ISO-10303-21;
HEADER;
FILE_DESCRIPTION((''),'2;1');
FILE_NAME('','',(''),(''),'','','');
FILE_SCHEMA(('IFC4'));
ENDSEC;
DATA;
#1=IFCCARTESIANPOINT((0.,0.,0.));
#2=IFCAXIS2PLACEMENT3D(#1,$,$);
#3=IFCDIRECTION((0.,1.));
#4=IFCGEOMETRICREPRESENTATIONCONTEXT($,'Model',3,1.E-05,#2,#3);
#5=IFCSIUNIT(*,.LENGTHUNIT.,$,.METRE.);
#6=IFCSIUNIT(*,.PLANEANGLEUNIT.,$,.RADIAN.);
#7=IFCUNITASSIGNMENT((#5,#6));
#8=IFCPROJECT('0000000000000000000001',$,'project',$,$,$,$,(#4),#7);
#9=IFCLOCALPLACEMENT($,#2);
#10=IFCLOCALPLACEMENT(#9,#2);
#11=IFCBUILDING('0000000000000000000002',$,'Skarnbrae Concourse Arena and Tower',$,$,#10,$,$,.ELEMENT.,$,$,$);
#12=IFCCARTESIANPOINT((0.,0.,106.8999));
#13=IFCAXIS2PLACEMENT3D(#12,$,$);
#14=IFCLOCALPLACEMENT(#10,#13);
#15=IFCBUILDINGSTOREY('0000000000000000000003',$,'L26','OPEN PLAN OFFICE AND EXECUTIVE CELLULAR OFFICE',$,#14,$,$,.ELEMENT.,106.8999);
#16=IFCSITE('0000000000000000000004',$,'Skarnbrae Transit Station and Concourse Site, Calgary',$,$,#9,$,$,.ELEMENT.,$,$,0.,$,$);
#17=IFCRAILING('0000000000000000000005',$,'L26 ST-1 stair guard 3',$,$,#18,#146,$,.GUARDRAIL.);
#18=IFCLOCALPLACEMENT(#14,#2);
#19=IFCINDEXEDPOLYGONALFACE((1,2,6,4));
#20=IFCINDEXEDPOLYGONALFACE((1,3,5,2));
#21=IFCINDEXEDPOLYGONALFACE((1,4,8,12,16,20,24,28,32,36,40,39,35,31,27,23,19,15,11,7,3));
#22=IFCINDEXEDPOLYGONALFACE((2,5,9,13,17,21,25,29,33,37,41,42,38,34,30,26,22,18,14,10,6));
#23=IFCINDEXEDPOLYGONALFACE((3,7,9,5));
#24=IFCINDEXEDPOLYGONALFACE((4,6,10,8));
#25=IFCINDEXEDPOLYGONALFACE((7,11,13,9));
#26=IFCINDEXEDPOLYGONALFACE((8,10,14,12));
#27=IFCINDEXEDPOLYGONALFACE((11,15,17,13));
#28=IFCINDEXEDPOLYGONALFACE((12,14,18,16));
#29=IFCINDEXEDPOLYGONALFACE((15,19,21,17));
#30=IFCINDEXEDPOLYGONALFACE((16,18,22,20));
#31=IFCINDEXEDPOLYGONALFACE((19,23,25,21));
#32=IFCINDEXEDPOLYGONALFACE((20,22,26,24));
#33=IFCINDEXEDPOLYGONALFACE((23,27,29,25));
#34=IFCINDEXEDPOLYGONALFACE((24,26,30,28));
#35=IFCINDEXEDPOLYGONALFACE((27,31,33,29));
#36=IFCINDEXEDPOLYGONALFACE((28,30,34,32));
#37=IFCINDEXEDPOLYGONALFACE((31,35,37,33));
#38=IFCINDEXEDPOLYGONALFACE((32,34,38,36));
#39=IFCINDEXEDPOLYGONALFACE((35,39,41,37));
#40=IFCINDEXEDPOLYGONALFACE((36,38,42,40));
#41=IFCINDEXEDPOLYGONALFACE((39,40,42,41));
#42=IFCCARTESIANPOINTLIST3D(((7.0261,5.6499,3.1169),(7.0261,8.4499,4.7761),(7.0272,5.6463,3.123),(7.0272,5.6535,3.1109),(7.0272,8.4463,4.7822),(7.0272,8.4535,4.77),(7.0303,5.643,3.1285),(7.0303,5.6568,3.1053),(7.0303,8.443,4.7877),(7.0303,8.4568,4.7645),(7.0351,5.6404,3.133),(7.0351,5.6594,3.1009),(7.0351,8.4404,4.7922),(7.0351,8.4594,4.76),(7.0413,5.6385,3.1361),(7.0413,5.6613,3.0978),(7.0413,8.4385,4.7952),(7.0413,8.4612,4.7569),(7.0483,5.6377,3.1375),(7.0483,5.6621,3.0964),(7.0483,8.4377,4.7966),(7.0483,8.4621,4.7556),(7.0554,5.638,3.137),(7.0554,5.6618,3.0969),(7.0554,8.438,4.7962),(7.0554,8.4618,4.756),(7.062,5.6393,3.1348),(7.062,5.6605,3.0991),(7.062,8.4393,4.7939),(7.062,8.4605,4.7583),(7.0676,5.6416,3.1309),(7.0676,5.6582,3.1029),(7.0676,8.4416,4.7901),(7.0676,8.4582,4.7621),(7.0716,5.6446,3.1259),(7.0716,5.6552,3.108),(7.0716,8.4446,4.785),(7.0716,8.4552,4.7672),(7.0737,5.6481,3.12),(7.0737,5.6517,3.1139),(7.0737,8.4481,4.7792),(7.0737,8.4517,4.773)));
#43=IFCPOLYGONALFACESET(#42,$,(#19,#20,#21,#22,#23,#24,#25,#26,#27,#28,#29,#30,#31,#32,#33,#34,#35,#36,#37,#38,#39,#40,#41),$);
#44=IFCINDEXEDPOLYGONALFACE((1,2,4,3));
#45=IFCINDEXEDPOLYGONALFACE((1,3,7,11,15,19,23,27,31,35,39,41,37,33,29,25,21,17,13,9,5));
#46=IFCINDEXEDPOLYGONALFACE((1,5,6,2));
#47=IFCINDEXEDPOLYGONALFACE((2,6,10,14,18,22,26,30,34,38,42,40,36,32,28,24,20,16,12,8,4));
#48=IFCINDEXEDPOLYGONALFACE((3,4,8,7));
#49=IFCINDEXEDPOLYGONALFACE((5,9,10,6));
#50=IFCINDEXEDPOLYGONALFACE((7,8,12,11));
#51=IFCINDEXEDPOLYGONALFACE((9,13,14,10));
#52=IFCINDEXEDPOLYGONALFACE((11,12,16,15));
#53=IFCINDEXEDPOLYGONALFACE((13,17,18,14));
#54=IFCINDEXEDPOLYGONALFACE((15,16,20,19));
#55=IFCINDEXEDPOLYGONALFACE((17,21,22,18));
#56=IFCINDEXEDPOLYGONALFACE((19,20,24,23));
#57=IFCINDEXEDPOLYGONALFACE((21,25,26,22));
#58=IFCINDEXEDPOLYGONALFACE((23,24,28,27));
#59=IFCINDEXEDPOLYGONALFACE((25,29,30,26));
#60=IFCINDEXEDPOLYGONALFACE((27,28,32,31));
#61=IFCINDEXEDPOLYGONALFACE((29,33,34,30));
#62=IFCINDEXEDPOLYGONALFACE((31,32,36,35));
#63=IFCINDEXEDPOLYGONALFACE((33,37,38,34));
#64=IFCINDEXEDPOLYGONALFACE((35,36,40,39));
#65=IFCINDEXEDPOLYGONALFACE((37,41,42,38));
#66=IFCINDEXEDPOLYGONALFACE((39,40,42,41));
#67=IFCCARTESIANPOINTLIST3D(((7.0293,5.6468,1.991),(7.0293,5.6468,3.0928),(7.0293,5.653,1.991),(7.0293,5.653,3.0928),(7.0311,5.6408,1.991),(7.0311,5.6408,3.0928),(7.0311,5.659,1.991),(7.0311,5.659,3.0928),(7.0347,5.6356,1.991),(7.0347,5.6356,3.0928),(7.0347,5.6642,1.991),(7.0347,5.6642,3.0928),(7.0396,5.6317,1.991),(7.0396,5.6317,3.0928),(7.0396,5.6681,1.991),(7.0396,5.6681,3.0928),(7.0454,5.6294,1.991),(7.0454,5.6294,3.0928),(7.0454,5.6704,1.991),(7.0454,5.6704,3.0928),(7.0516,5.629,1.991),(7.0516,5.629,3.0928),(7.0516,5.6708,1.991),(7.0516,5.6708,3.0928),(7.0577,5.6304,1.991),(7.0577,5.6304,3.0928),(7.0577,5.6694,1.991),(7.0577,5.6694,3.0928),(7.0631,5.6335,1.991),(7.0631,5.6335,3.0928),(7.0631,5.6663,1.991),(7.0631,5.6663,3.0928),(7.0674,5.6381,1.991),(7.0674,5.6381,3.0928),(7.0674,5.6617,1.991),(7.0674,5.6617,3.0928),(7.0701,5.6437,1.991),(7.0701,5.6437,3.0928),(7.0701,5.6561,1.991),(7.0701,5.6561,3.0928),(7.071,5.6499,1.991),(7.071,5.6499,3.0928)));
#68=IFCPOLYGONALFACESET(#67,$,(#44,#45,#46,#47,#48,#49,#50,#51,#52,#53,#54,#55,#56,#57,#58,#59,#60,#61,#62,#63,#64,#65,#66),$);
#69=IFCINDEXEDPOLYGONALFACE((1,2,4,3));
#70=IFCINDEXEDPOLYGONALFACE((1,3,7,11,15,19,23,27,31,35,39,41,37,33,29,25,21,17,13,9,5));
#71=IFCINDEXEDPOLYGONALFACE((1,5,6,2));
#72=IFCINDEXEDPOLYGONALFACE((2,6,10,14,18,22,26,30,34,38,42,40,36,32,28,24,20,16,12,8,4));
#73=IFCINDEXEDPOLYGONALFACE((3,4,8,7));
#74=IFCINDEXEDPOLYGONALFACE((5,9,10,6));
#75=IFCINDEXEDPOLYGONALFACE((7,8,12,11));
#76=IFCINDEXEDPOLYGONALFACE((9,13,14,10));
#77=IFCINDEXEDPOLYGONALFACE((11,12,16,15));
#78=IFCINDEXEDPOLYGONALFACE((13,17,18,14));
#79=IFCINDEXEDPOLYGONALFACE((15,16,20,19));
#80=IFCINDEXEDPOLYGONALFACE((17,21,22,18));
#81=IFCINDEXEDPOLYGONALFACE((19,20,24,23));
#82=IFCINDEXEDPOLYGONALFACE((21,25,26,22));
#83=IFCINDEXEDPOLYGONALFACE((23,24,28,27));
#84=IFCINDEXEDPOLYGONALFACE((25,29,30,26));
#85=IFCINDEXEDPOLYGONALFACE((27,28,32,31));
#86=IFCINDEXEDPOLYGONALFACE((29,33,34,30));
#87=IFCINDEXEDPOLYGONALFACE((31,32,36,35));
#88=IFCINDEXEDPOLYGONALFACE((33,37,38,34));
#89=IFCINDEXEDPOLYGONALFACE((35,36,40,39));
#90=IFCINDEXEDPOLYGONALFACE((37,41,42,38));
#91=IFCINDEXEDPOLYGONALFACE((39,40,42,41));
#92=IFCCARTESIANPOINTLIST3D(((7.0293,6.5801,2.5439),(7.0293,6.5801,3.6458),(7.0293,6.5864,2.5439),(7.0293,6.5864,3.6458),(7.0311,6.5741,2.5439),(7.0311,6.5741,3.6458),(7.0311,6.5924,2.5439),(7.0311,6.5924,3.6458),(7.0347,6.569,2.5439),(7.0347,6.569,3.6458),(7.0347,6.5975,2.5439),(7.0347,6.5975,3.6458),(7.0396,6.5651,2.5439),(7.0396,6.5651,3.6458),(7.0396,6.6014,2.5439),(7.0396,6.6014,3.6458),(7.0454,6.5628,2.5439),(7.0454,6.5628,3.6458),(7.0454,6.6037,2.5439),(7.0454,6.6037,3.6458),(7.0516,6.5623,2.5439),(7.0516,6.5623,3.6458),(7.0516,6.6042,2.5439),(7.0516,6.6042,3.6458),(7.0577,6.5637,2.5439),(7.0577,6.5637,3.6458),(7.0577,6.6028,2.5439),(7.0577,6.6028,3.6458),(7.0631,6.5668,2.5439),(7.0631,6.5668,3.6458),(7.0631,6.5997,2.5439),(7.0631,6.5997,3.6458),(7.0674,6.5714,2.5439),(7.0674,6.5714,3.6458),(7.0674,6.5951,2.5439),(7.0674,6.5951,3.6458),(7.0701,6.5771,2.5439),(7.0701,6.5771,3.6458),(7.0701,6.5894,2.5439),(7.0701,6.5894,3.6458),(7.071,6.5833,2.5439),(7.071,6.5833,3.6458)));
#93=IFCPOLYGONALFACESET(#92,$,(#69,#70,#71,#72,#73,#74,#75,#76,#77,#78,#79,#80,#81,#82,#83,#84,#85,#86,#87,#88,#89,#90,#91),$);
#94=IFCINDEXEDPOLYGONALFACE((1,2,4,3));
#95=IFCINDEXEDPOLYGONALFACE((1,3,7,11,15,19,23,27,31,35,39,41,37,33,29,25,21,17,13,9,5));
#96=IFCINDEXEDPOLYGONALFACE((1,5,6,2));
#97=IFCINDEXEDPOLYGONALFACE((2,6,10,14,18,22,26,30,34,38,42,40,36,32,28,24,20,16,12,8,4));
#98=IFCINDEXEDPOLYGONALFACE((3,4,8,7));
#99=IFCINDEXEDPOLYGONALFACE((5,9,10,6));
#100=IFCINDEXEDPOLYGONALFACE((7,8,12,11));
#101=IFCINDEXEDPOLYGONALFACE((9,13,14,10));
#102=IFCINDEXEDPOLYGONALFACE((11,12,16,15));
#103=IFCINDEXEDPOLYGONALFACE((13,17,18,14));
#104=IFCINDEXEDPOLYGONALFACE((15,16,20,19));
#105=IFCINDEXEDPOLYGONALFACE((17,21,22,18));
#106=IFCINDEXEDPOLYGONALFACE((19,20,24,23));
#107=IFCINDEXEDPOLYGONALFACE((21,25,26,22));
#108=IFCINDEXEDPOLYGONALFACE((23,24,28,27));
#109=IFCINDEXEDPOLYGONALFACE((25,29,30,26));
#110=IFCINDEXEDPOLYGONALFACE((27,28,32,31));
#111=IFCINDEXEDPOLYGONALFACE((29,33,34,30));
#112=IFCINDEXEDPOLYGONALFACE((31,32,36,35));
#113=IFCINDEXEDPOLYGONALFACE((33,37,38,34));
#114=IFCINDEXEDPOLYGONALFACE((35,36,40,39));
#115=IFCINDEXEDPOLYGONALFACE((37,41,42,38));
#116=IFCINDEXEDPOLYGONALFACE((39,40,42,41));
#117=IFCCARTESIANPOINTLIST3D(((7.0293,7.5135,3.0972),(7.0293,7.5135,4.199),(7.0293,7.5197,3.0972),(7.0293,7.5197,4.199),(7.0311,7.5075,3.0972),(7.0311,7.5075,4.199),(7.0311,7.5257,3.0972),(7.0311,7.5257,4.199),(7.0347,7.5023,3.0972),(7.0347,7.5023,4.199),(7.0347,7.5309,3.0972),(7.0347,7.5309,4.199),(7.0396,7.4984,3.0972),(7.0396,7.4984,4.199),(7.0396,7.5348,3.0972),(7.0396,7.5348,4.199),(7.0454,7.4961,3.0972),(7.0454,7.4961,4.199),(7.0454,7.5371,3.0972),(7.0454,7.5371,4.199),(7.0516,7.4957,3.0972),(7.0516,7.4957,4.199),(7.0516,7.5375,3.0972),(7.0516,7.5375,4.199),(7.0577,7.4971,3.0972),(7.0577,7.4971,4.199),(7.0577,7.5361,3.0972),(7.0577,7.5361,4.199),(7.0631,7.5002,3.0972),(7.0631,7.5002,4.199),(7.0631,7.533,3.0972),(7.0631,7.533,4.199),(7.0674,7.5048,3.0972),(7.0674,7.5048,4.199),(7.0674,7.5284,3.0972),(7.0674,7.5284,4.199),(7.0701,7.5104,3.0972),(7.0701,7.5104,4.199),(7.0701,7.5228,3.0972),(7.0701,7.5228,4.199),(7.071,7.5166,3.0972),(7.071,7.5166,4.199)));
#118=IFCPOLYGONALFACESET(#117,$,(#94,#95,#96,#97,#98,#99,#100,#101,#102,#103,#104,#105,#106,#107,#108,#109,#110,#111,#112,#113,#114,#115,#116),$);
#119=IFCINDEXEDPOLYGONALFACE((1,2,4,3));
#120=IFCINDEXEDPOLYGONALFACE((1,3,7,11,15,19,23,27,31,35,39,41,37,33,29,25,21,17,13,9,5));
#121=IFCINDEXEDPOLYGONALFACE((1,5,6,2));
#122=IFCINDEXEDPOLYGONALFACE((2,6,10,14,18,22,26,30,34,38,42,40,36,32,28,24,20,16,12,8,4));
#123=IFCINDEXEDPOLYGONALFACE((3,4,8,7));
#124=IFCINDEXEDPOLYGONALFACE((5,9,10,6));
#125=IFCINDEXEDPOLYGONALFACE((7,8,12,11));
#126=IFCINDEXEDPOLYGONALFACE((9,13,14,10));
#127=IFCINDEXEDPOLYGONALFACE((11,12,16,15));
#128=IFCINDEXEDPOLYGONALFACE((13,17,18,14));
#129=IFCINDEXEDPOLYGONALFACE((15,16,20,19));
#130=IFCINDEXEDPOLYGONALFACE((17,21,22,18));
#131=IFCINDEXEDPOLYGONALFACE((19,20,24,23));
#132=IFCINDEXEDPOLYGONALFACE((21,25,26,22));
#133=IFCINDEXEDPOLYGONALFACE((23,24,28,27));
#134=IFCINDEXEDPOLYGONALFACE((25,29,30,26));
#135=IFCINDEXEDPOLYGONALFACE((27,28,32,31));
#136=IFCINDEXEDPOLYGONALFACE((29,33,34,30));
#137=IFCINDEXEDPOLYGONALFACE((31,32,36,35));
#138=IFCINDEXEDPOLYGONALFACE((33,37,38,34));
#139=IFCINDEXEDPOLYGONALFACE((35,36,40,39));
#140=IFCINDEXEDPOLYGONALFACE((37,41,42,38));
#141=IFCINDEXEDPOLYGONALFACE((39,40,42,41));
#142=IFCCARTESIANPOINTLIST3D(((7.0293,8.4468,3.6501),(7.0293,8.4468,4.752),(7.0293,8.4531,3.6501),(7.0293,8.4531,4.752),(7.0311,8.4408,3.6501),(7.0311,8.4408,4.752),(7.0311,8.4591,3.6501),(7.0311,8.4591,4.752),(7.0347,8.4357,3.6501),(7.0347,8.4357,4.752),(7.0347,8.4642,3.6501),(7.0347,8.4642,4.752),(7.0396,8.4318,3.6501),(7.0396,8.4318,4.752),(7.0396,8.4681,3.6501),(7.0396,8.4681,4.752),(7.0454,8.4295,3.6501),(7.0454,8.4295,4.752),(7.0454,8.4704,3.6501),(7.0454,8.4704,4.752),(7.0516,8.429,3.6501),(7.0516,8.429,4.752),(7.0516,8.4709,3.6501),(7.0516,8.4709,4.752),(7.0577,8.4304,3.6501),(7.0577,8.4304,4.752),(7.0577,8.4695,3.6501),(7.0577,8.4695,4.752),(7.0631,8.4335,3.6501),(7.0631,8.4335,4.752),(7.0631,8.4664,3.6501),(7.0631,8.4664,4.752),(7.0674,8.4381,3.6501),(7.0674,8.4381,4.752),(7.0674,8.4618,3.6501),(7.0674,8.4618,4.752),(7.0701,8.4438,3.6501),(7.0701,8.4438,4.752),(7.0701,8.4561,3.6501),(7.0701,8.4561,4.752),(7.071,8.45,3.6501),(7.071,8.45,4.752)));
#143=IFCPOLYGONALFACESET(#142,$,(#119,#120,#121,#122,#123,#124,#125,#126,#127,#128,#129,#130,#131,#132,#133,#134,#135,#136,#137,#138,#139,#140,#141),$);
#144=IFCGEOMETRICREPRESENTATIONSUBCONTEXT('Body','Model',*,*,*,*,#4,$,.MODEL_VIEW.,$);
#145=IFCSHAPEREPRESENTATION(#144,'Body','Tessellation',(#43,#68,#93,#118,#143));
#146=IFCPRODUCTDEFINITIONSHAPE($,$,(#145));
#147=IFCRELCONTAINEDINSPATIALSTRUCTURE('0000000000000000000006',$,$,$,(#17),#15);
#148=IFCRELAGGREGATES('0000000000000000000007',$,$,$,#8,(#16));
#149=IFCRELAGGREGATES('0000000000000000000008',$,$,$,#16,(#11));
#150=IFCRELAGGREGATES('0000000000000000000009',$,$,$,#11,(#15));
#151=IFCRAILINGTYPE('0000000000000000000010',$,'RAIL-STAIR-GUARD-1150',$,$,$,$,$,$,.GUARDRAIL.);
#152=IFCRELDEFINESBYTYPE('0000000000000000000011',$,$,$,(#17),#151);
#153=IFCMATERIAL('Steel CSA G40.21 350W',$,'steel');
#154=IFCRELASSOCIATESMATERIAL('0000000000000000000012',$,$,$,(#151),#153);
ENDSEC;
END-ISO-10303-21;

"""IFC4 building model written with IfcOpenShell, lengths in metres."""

from ifc_helpers import new_model, si_unit, direction, frame, origin, origin_2d, place, context, subcontext, project, spatial, circle, extrude, material, type_object, element, save


model = new_model("IFC4")

# Units and contexts
model_context = context("Model", 3, precision=1e-05, world=origin(), true_north=direction((0.0, 1.0)))
body_context = subcontext(model_context, "Body", "Model", "MODEL_VIEW")
ifc_project = project(units=[si_unit("LENGTHUNIT", "METRE"), si_unit("PLANEANGLEUNIT", "RADIAN")], contexts=[model_context])

# Site, building, storey
site_placement = place(None, origin())
site = spatial("IfcSite", under=ifc_project, at=site_placement, Name="Skarnbrae Transit Station and Concourse Site, Calgary", CompositionType="ELEMENT", RefElevation=0.0)
building_placement = place(site_placement, origin())
building = spatial("IfcBuilding", under=site, at=building_placement, Name="Skarnbrae Concourse Arena and Tower", CompositionType="ELEMENT")
storey_placement = place(building_placement, frame((0.0, 0.0, 106.8999)))
storey = spatial("IfcBuildingStorey", under=building, at=storey_placement, Name="L26", Description="OPEN PLAN OFFICE AND EXECUTIVE CELLULAR OFFICE", CompositionType="ELEMENT", Elevation=106.8999)

# Shared definitions
ifc_material_1 = material(Name="Steel CSA G40.21 350W", Category="steel")

# Railing
railing_type_1 = type_object("IfcRailingType", Name="RAIL-STAIR-GUARD-1150", PredefinedType="GUARDRAIL", material=ifc_material_1)
railing_1_placement = place(storey_placement, frame((7.05, 5.6499, 1.991)))
element("IfcRailing", 1, at=railing_1_placement, inside=storey, type_object=railing_type_1, Name="L26 ST-1 stair guard 3", PredefinedType="GUARDRAIL", context=body_context, shape_type="SweptSolid", body=[
    extrude(circle(Radius=0.0239, at=origin_2d()), frame((0.0, 0.0, 1.126), z_axis=(0.0, 0.860306, 0.509778), x_axis=(-1.0, 0.0, 0.0)), (0.0, 0.0, 1.0), 3.2546),
    extrude(circle(Radius=0.021, at=origin_2d()), origin(), (0.0, 0.0, 1.0), 1.1018),
    extrude(circle(Radius=0.021, at=origin_2d()), frame((0.0, 0.9333, 0.553)), (0.0, 0.0, 1.0), 1.1018),
    extrude(circle(Radius=0.021, at=origin_2d()), frame((0.0, 1.8667, 1.1062)), (0.0, 0.0, 1.0), 1.1018),
    extrude(circle(Radius=0.021, at=origin_2d()), frame((0.0, 2.8, 1.6592)), (0.0, 0.0, 1.0), 1.1018),
])

save(model, "model.ifc")
